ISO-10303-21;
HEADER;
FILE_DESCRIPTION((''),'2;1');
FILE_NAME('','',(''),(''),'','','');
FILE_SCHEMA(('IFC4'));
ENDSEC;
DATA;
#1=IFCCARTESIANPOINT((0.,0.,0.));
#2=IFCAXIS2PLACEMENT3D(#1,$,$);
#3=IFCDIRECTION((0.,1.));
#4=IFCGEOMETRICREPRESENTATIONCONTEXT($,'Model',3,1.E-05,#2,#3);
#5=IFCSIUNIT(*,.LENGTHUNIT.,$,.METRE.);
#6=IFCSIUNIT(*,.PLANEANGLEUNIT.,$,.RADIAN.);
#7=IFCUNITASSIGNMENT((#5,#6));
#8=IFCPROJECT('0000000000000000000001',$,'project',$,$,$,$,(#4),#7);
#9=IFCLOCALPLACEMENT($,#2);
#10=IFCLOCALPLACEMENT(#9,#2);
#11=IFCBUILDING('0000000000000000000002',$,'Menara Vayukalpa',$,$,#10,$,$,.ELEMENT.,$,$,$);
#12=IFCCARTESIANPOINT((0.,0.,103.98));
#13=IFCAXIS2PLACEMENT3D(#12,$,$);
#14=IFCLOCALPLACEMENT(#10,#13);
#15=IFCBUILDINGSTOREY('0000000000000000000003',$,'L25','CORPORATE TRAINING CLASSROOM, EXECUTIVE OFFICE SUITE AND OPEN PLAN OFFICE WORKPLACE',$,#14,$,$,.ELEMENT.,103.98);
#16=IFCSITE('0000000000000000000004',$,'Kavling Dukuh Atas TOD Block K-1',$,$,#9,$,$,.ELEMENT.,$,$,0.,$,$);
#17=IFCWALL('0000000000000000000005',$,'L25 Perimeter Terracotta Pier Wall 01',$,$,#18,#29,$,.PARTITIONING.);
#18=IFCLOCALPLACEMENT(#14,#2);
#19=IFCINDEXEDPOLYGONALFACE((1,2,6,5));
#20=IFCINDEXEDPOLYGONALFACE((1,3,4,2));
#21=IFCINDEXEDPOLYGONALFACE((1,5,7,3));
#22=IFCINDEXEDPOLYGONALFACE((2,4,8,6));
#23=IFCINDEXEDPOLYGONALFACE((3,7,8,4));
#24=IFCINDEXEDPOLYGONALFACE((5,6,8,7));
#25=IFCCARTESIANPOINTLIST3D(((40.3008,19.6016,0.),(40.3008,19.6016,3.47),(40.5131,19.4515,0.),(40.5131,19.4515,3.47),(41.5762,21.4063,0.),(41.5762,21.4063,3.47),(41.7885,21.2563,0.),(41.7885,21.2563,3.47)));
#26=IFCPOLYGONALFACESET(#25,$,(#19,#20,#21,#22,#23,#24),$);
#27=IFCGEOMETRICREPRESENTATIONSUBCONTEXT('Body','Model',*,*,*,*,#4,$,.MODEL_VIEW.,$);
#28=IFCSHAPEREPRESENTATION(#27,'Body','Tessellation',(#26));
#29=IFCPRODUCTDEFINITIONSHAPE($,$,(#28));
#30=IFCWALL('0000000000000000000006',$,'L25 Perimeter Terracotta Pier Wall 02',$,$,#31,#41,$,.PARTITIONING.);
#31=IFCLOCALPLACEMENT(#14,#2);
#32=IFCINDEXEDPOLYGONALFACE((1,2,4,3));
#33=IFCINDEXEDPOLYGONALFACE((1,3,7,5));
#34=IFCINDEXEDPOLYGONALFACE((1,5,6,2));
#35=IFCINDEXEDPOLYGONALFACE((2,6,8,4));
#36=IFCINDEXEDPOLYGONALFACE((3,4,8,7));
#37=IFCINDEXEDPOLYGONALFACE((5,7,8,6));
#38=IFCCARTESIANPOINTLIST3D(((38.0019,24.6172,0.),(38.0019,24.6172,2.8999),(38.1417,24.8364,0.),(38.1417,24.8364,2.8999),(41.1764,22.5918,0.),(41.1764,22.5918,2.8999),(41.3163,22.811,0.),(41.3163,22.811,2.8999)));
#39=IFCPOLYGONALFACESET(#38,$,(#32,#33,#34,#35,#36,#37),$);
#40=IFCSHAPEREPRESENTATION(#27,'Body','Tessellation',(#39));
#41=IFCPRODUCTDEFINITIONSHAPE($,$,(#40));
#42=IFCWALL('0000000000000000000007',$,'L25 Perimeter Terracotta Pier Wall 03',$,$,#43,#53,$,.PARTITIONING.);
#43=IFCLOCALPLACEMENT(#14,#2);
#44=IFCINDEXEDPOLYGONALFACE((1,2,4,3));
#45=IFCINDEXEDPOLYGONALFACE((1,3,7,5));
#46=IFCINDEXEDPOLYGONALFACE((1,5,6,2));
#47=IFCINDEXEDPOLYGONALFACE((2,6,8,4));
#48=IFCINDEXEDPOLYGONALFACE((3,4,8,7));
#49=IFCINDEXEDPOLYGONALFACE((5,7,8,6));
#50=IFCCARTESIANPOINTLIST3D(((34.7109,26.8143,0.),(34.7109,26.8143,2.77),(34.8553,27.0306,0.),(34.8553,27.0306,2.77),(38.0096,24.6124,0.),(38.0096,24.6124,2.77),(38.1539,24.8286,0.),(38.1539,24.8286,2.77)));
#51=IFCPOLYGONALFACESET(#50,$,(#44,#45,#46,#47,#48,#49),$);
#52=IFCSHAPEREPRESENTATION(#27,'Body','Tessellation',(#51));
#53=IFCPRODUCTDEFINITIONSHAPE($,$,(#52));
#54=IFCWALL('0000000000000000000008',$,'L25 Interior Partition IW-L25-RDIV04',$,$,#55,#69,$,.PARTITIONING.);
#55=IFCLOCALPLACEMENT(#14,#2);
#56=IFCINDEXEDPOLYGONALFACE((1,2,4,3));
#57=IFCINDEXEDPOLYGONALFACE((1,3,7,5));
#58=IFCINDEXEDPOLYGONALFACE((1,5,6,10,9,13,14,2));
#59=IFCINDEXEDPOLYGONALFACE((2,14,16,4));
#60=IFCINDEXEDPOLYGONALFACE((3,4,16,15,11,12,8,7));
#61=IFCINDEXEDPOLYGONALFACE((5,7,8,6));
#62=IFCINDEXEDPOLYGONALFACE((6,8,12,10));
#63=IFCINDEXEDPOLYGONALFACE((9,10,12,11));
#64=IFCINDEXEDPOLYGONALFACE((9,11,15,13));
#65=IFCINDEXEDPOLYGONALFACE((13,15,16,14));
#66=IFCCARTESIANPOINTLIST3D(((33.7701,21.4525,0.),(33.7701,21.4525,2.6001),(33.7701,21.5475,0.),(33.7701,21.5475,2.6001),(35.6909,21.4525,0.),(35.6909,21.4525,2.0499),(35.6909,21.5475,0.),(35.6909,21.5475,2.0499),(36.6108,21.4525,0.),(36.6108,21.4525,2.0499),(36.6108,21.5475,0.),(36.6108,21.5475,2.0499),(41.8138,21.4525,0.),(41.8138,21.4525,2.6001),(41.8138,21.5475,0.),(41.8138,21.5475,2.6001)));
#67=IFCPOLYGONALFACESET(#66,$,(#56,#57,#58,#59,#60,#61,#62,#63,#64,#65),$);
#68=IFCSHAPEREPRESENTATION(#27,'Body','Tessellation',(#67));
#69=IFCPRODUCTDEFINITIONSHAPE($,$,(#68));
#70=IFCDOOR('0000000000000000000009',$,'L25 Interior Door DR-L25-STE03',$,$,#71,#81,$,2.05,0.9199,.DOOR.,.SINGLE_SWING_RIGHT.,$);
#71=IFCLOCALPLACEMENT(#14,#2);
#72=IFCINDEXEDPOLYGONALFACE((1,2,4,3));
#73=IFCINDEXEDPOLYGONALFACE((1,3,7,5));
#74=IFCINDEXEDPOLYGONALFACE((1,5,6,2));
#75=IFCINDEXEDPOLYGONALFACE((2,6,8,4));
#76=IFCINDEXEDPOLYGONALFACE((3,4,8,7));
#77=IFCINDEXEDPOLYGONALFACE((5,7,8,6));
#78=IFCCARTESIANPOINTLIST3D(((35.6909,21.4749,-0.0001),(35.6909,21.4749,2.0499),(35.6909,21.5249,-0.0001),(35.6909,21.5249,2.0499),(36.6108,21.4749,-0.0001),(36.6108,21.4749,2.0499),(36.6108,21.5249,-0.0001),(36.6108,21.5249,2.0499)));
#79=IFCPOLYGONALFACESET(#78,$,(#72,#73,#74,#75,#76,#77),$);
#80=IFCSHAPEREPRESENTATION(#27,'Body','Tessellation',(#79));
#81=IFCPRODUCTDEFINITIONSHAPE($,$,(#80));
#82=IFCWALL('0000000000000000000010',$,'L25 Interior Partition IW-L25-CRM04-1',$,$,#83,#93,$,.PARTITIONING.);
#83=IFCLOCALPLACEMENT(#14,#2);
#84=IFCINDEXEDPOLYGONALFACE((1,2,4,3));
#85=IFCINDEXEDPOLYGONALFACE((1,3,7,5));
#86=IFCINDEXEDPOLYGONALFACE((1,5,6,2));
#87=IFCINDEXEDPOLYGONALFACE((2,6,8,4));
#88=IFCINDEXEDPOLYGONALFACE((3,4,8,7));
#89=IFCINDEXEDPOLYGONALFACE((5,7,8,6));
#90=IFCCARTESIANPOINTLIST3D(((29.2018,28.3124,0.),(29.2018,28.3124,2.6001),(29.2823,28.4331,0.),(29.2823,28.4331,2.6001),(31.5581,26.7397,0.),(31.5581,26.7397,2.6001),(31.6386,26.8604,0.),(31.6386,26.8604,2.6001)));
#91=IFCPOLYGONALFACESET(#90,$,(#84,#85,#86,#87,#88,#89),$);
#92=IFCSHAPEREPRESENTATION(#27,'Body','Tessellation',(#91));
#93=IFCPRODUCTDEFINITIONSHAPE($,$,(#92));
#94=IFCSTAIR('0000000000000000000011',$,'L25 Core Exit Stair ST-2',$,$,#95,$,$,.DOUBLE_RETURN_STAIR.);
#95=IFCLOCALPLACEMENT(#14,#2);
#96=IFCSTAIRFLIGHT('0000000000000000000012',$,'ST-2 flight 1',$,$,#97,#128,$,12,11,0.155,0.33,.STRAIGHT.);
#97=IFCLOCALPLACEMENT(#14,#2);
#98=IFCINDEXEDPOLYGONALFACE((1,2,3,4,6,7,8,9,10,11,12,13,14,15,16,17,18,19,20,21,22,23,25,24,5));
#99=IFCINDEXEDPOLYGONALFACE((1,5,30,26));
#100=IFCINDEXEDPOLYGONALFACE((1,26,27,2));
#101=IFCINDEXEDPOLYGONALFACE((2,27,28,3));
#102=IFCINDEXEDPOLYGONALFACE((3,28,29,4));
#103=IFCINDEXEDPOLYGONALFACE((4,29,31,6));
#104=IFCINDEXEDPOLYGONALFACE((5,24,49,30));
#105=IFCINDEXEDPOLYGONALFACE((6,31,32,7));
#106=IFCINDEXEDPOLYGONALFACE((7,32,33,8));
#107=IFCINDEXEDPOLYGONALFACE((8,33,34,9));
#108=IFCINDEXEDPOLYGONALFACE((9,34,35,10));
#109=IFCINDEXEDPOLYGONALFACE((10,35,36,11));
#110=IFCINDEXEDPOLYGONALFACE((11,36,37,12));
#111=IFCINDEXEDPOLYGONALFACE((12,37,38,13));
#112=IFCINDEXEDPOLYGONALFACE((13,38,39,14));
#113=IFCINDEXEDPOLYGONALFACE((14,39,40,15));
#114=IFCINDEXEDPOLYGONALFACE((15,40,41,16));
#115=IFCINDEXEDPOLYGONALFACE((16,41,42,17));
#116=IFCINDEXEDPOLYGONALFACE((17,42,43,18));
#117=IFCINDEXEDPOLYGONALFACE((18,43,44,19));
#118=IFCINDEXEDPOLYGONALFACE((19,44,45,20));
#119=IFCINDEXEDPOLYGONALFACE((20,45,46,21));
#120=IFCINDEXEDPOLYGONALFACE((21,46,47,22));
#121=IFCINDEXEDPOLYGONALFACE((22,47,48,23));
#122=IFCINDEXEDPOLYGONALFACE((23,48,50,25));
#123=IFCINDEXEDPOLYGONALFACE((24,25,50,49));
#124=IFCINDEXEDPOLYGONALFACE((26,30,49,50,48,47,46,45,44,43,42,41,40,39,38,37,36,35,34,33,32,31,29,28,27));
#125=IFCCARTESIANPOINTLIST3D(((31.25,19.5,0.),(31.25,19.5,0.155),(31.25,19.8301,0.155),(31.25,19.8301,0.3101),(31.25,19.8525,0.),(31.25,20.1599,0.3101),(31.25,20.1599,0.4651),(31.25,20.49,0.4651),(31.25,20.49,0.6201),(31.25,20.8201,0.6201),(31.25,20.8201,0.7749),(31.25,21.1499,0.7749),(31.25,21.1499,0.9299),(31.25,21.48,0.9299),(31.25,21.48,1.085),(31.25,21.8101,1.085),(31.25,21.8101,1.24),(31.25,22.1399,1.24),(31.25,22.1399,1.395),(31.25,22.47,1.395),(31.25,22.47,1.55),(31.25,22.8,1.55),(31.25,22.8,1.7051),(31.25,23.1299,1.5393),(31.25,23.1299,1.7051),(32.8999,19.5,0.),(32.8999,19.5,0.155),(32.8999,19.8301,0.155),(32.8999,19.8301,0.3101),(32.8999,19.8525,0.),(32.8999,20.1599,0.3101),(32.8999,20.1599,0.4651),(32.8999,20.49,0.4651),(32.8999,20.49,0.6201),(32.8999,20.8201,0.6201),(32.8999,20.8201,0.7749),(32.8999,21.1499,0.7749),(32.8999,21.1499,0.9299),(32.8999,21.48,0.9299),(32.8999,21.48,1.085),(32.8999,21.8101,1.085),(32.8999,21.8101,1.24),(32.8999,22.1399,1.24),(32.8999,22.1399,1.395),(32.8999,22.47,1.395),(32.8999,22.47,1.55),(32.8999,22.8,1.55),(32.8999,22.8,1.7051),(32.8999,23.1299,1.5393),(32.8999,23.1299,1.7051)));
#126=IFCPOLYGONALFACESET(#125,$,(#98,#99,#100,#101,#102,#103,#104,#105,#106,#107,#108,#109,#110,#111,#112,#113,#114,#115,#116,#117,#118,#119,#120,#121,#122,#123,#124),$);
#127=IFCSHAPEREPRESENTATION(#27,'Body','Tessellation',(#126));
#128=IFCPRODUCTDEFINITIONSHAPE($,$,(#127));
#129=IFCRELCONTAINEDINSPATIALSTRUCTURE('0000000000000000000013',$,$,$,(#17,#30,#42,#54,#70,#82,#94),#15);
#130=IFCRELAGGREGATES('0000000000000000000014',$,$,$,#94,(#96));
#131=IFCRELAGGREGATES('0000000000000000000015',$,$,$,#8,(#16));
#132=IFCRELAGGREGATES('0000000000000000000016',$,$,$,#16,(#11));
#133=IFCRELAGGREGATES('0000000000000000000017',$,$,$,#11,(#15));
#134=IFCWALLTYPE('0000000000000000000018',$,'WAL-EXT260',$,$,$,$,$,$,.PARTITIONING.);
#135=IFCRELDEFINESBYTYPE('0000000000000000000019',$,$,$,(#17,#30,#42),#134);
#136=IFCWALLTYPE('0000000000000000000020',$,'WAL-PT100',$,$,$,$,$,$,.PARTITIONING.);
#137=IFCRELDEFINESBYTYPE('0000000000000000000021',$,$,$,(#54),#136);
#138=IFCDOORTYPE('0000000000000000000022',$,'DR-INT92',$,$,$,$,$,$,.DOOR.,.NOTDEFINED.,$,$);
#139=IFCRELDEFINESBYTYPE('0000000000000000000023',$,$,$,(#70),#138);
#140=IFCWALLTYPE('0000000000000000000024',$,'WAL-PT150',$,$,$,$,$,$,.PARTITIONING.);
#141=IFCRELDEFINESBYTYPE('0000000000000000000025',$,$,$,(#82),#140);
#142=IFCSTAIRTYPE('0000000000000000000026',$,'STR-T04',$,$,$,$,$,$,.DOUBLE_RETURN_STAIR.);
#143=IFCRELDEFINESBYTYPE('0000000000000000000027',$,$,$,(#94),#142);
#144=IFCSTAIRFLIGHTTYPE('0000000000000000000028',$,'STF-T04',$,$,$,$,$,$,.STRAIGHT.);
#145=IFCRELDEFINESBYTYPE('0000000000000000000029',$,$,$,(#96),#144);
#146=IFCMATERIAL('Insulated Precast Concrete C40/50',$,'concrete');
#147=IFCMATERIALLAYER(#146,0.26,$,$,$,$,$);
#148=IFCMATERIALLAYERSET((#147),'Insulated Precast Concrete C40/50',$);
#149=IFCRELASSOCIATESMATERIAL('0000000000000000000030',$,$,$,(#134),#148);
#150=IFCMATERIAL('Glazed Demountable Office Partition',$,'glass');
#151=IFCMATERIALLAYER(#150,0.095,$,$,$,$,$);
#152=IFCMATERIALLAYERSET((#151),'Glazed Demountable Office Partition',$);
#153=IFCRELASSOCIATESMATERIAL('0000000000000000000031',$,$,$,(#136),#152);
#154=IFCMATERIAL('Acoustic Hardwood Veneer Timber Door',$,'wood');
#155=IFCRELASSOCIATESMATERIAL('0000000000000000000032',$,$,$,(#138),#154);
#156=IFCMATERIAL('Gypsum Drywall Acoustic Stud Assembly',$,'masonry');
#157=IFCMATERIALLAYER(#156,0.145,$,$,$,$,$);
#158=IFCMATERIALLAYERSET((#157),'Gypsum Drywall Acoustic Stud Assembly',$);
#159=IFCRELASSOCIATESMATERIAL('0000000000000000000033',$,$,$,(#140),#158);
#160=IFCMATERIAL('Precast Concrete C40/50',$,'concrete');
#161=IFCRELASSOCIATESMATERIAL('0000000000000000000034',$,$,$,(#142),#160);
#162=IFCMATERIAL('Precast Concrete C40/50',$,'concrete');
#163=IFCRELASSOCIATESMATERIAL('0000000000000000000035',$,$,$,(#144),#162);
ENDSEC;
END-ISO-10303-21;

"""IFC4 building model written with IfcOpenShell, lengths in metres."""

from ifc_helpers import new_model, si_unit, direction, frame, frame_2d, origin, place, context, subcontext, project, spatial, polyline, rectangle, outline, extrude, material, layer, layer_set, type_object, element, fill, aggregate, save


model = new_model("IFC4")

# Units and contexts
model_context = context("Model", 3, precision=1e-05, world=origin(), true_north=direction((0.0, 1.0)))
body_context = subcontext(model_context, "Body", "Model", "MODEL_VIEW")
ifc_project = project(units=[si_unit("LENGTHUNIT", "METRE"), si_unit("PLANEANGLEUNIT", "RADIAN")], contexts=[model_context])

# Site, building, storey
site_placement = place(None, origin())
site = spatial("IfcSite", under=ifc_project, at=site_placement, Name="Kavling Dukuh Atas TOD Block K-1", CompositionType="ELEMENT", RefElevation=0.0)
building_placement = place(site_placement, origin())
building = spatial("IfcBuilding", under=site, at=building_placement, Name="Menara Vayukalpa", CompositionType="ELEMENT")
storey_placement = place(building_placement, frame((0.0, 0.0, 103.98)))
storey = spatial("IfcBuildingStorey", under=building, at=storey_placement, Name="L25", Description="CORPORATE TRAINING CLASSROOM, EXECUTIVE OFFICE SUITE AND OPEN PLAN OFFICE WORKPLACE", CompositionType="ELEMENT", Elevation=103.98)

# Walls
ifc_material_1 = material(Name="Insulated Precast Concrete C40/50", Category="concrete")
ifc_layer_1 = layer(ifc_material_1, 0.26)
ifc_layer_set_1 = layer_set([ifc_layer_1], Name="Insulated Precast Concrete C40/50")
wall_type_1 = type_object("IfcWallType", Name="WAL-EXT260", PredefinedType="PARTITIONING", material=ifc_layer_set_1)
wall_1_placement = place(storey_placement, frame((41.6824, 21.3313, 0.0), z_axis=(0.0, 0.0, 1.0), x_axis=(-0.577134, -0.816649, 0.0)))
element("IfcWall", 1, at=wall_1_placement, inside=storey, type_object=wall_type_1, Name="L25 Perimeter Terracotta Pier Wall 01", PredefinedType="PARTITIONING", context=body_context, shape_type="SweptSolid", body=[
    extrude(rectangle(XDim=2.21, YDim=0.26, at=frame_2d((1.105, 0.0))), origin(), (0.0, 0.0, 1.0), 3.47),
])
wall_2_placement = place(storey_placement, frame((38.0718, 24.7268, 0.0), z_axis=(0.0, 0.0, 1.0), x_axis=(0.843034, -0.537861, 0.0)))
element("IfcWall", 2, at=wall_2_placement, inside=storey, type_object=wall_type_1, Name="L25 Perimeter Terracotta Pier Wall 02", PredefinedType="PARTITIONING", context=body_context, shape_type="SweptSolid", body=[
    extrude(rectangle(XDim=3.7656, YDim=0.26, at=frame_2d((1.8828, 0.0))), origin(), (0.0, 0.0, 1.0), 2.8999),
])
wall_3_placement = place(storey_placement, frame((34.7832, 26.9224, 0.0), z_axis=(0.0, 0.0, 1.0), x_axis=(0.831719, -0.555197, 0.0)))
element("IfcWall", 3, at=wall_3_placement, inside=storey, type_object=wall_type_1, Name="L25 Perimeter Terracotta Pier Wall 03", PredefinedType="PARTITIONING", context=body_context, shape_type="SweptSolid", body=[
    extrude(rectangle(XDim=3.9661, YDim=0.26, at=frame_2d((1.9829, 0.0))), origin(), (0.0, 0.0, 1.0), 2.77),
])

# Wall, opening, door
ifc_material_2 = material(Name="Glazed Demountable Office Partition", Category="glass")
ifc_layer_2 = layer(ifc_material_2, 0.095)
ifc_layer_set_2 = layer_set([ifc_layer_2], Name="Glazed Demountable Office Partition")
wall_type_2 = type_object("IfcWallType", Name="WAL-PT100", PredefinedType="PARTITIONING", material=ifc_layer_set_2)
wall_4_placement = place(storey_placement, frame((33.77, 21.5, 0.0), z_axis=(0.0, 0.0, 1.0), x_axis=(1.0, 0.0, 0.0)))
wall_4 = element("IfcWall", 4, at=wall_4_placement, inside=storey, type_object=wall_type_2, Name="L25 Interior Partition IW-L25-RDIV04", PredefinedType="PARTITIONING", context=body_context, shape_type="SweptSolid", body=[
    extrude(rectangle(XDim=8.0437, YDim=0.095, at=frame_2d((4.022, 0.0))), origin(), (0.0, 0.0, 1.0), 2.6001),
])
opening_placement = place(wall_4_placement, frame((1.9209, 0.0, 0.0)))
opening = element("IfcOpeningElement", 5, at=opening_placement, cuts=wall_4, PredefinedType="OPENING", context=body_context, shape_type="SweptSolid", body=[
    extrude(rectangle(XDim=0.9199, YDim=2.05, at=frame_2d((0.46, 1.0249))), frame((0.0, 0.0574, 0.0), z_axis=(0.0, -1.0, 0.0), x_axis=(1.0, 0.0, 0.0)), (0.0, 0.0, 1.0), 0.115),
])
ifc_material_3 = material(Name="Acoustic Hardwood Veneer Timber Door", Category="wood")
door_type = type_object("IfcDoorType", Name="DR-INT92", OperationType="NOTDEFINED", PredefinedType="DOOR", material=ifc_material_3)
door_placement = place(opening_placement, origin())
door = element("IfcDoor", 6, at=door_placement, inside=storey, type_object=door_type, Name="L25 Interior Door DR-L25-STE03", OperationType="SINGLE_SWING_RIGHT", OverallHeight=2.05, OverallWidth=0.9199, PredefinedType="DOOR", context=body_context, shape_type="SweptSolid", body=[
    extrude(rectangle(XDim=0.9199, YDim=2.05, at=frame_2d((0.46, 1.0249))), frame((0.0, 0.0249, 0.0), z_axis=(0.0, -1.0, 0.0), x_axis=(1.0, 0.0, 0.0)), (0.0, 0.0, 1.0), 0.05),
])
fill(opening, door)

# Wall
ifc_material_4 = material(Name="Gypsum Drywall Acoustic Stud Assembly", Category="masonry")
ifc_layer_3 = layer(ifc_material_4, 0.145)
ifc_layer_set_3 = layer_set([ifc_layer_3], Name="Gypsum Drywall Acoustic Stud Assembly")
wall_type_3 = type_object("IfcWallType", Name="WAL-PT150", PredefinedType="PARTITIONING", material=ifc_layer_set_3)
wall_5_placement = place(storey_placement, frame((31.5984, 26.8, 0.0), z_axis=(0.0, 0.0, 1.0), x_axis=(-0.831759, 0.555138, 0.0)))
element("IfcWall", 7, at=wall_5_placement, inside=storey, type_object=wall_type_3, Name="L25 Interior Partition IW-L25-CRM04-1", PredefinedType="PARTITIONING", context=body_context, shape_type="SweptSolid", body=[
    extrude(rectangle(XDim=2.833, YDim=0.145, at=frame_2d((1.4165, 0.0))), origin(), (0.0, 0.0, 1.0), 2.6001),
])

# Stair, stair flight
ifc_material_5 = material(Name="Precast Concrete C40/50", Category="concrete")
stair_type = type_object("IfcStairType", Name="STR-T04", PredefinedType="DOUBLE_RETURN_STAIR", material=ifc_material_5)
stair_placement = place(storey_placement, origin())
stair = element("IfcStair", 8, at=stair_placement, inside=storey, type_object=stair_type, Name="L25 Core Exit Stair ST-2", PredefinedType="DOUBLE_RETURN_STAIR")
ifc_material_6 = material(Name="Precast Concrete C40/50", Category="concrete")
stair_flight_type = type_object("IfcStairFlightType", Name="STF-T04", PredefinedType="STRAIGHT", material=ifc_material_6)
stair_flight_placement = place(storey_placement, frame((32.075, 19.5, 0.0), z_axis=(0.0, 0.0, 1.0), x_axis=(0.0, 1.0, 0.0)))
stair_flight = element("IfcStairFlight", 9, at=stair_flight_placement, type_object=stair_flight_type, Name="ST-2 flight 1", NumberOfRisers=12, NumberOfTreads=11, PredefinedType="STRAIGHT", RiserHeight=0.155, TreadLength=0.33, context=body_context, shape_type="SweptSolid", body=[
    extrude(outline(polyline([(0.0, 0.0), (0.0, 0.155), (0.3301, 0.155), (0.3301, 0.3101), (0.6599, 0.3101), (0.6599, 0.4651), (0.99, 0.4651), (0.99, 0.6201), (1.3201, 0.6201), (1.3201, 0.7749), (1.6499, 0.7749), (1.6499, 0.9299), (1.98, 0.9299), (1.98, 1.085), (2.3101, 1.085), (2.3101, 1.24), (2.6399, 1.24), (2.6399, 1.395), (2.97, 1.395), (2.97, 1.55), (3.3, 1.55), (3.3, 1.7051), (3.6299, 1.7051), (3.6299, 1.8601), (3.6299, 1.5393), (0.3525, 0.0), (0.0, 0.0)])), frame((0.0, 0.825, 0.0), z_axis=(0.0, -1.0, 0.0), x_axis=(1.0, 0.0, 0.0)), (0.0, 0.0, 1.0), 1.6499),
])
aggregate(stair, [stair_flight])

save(model, "model.ifc")
